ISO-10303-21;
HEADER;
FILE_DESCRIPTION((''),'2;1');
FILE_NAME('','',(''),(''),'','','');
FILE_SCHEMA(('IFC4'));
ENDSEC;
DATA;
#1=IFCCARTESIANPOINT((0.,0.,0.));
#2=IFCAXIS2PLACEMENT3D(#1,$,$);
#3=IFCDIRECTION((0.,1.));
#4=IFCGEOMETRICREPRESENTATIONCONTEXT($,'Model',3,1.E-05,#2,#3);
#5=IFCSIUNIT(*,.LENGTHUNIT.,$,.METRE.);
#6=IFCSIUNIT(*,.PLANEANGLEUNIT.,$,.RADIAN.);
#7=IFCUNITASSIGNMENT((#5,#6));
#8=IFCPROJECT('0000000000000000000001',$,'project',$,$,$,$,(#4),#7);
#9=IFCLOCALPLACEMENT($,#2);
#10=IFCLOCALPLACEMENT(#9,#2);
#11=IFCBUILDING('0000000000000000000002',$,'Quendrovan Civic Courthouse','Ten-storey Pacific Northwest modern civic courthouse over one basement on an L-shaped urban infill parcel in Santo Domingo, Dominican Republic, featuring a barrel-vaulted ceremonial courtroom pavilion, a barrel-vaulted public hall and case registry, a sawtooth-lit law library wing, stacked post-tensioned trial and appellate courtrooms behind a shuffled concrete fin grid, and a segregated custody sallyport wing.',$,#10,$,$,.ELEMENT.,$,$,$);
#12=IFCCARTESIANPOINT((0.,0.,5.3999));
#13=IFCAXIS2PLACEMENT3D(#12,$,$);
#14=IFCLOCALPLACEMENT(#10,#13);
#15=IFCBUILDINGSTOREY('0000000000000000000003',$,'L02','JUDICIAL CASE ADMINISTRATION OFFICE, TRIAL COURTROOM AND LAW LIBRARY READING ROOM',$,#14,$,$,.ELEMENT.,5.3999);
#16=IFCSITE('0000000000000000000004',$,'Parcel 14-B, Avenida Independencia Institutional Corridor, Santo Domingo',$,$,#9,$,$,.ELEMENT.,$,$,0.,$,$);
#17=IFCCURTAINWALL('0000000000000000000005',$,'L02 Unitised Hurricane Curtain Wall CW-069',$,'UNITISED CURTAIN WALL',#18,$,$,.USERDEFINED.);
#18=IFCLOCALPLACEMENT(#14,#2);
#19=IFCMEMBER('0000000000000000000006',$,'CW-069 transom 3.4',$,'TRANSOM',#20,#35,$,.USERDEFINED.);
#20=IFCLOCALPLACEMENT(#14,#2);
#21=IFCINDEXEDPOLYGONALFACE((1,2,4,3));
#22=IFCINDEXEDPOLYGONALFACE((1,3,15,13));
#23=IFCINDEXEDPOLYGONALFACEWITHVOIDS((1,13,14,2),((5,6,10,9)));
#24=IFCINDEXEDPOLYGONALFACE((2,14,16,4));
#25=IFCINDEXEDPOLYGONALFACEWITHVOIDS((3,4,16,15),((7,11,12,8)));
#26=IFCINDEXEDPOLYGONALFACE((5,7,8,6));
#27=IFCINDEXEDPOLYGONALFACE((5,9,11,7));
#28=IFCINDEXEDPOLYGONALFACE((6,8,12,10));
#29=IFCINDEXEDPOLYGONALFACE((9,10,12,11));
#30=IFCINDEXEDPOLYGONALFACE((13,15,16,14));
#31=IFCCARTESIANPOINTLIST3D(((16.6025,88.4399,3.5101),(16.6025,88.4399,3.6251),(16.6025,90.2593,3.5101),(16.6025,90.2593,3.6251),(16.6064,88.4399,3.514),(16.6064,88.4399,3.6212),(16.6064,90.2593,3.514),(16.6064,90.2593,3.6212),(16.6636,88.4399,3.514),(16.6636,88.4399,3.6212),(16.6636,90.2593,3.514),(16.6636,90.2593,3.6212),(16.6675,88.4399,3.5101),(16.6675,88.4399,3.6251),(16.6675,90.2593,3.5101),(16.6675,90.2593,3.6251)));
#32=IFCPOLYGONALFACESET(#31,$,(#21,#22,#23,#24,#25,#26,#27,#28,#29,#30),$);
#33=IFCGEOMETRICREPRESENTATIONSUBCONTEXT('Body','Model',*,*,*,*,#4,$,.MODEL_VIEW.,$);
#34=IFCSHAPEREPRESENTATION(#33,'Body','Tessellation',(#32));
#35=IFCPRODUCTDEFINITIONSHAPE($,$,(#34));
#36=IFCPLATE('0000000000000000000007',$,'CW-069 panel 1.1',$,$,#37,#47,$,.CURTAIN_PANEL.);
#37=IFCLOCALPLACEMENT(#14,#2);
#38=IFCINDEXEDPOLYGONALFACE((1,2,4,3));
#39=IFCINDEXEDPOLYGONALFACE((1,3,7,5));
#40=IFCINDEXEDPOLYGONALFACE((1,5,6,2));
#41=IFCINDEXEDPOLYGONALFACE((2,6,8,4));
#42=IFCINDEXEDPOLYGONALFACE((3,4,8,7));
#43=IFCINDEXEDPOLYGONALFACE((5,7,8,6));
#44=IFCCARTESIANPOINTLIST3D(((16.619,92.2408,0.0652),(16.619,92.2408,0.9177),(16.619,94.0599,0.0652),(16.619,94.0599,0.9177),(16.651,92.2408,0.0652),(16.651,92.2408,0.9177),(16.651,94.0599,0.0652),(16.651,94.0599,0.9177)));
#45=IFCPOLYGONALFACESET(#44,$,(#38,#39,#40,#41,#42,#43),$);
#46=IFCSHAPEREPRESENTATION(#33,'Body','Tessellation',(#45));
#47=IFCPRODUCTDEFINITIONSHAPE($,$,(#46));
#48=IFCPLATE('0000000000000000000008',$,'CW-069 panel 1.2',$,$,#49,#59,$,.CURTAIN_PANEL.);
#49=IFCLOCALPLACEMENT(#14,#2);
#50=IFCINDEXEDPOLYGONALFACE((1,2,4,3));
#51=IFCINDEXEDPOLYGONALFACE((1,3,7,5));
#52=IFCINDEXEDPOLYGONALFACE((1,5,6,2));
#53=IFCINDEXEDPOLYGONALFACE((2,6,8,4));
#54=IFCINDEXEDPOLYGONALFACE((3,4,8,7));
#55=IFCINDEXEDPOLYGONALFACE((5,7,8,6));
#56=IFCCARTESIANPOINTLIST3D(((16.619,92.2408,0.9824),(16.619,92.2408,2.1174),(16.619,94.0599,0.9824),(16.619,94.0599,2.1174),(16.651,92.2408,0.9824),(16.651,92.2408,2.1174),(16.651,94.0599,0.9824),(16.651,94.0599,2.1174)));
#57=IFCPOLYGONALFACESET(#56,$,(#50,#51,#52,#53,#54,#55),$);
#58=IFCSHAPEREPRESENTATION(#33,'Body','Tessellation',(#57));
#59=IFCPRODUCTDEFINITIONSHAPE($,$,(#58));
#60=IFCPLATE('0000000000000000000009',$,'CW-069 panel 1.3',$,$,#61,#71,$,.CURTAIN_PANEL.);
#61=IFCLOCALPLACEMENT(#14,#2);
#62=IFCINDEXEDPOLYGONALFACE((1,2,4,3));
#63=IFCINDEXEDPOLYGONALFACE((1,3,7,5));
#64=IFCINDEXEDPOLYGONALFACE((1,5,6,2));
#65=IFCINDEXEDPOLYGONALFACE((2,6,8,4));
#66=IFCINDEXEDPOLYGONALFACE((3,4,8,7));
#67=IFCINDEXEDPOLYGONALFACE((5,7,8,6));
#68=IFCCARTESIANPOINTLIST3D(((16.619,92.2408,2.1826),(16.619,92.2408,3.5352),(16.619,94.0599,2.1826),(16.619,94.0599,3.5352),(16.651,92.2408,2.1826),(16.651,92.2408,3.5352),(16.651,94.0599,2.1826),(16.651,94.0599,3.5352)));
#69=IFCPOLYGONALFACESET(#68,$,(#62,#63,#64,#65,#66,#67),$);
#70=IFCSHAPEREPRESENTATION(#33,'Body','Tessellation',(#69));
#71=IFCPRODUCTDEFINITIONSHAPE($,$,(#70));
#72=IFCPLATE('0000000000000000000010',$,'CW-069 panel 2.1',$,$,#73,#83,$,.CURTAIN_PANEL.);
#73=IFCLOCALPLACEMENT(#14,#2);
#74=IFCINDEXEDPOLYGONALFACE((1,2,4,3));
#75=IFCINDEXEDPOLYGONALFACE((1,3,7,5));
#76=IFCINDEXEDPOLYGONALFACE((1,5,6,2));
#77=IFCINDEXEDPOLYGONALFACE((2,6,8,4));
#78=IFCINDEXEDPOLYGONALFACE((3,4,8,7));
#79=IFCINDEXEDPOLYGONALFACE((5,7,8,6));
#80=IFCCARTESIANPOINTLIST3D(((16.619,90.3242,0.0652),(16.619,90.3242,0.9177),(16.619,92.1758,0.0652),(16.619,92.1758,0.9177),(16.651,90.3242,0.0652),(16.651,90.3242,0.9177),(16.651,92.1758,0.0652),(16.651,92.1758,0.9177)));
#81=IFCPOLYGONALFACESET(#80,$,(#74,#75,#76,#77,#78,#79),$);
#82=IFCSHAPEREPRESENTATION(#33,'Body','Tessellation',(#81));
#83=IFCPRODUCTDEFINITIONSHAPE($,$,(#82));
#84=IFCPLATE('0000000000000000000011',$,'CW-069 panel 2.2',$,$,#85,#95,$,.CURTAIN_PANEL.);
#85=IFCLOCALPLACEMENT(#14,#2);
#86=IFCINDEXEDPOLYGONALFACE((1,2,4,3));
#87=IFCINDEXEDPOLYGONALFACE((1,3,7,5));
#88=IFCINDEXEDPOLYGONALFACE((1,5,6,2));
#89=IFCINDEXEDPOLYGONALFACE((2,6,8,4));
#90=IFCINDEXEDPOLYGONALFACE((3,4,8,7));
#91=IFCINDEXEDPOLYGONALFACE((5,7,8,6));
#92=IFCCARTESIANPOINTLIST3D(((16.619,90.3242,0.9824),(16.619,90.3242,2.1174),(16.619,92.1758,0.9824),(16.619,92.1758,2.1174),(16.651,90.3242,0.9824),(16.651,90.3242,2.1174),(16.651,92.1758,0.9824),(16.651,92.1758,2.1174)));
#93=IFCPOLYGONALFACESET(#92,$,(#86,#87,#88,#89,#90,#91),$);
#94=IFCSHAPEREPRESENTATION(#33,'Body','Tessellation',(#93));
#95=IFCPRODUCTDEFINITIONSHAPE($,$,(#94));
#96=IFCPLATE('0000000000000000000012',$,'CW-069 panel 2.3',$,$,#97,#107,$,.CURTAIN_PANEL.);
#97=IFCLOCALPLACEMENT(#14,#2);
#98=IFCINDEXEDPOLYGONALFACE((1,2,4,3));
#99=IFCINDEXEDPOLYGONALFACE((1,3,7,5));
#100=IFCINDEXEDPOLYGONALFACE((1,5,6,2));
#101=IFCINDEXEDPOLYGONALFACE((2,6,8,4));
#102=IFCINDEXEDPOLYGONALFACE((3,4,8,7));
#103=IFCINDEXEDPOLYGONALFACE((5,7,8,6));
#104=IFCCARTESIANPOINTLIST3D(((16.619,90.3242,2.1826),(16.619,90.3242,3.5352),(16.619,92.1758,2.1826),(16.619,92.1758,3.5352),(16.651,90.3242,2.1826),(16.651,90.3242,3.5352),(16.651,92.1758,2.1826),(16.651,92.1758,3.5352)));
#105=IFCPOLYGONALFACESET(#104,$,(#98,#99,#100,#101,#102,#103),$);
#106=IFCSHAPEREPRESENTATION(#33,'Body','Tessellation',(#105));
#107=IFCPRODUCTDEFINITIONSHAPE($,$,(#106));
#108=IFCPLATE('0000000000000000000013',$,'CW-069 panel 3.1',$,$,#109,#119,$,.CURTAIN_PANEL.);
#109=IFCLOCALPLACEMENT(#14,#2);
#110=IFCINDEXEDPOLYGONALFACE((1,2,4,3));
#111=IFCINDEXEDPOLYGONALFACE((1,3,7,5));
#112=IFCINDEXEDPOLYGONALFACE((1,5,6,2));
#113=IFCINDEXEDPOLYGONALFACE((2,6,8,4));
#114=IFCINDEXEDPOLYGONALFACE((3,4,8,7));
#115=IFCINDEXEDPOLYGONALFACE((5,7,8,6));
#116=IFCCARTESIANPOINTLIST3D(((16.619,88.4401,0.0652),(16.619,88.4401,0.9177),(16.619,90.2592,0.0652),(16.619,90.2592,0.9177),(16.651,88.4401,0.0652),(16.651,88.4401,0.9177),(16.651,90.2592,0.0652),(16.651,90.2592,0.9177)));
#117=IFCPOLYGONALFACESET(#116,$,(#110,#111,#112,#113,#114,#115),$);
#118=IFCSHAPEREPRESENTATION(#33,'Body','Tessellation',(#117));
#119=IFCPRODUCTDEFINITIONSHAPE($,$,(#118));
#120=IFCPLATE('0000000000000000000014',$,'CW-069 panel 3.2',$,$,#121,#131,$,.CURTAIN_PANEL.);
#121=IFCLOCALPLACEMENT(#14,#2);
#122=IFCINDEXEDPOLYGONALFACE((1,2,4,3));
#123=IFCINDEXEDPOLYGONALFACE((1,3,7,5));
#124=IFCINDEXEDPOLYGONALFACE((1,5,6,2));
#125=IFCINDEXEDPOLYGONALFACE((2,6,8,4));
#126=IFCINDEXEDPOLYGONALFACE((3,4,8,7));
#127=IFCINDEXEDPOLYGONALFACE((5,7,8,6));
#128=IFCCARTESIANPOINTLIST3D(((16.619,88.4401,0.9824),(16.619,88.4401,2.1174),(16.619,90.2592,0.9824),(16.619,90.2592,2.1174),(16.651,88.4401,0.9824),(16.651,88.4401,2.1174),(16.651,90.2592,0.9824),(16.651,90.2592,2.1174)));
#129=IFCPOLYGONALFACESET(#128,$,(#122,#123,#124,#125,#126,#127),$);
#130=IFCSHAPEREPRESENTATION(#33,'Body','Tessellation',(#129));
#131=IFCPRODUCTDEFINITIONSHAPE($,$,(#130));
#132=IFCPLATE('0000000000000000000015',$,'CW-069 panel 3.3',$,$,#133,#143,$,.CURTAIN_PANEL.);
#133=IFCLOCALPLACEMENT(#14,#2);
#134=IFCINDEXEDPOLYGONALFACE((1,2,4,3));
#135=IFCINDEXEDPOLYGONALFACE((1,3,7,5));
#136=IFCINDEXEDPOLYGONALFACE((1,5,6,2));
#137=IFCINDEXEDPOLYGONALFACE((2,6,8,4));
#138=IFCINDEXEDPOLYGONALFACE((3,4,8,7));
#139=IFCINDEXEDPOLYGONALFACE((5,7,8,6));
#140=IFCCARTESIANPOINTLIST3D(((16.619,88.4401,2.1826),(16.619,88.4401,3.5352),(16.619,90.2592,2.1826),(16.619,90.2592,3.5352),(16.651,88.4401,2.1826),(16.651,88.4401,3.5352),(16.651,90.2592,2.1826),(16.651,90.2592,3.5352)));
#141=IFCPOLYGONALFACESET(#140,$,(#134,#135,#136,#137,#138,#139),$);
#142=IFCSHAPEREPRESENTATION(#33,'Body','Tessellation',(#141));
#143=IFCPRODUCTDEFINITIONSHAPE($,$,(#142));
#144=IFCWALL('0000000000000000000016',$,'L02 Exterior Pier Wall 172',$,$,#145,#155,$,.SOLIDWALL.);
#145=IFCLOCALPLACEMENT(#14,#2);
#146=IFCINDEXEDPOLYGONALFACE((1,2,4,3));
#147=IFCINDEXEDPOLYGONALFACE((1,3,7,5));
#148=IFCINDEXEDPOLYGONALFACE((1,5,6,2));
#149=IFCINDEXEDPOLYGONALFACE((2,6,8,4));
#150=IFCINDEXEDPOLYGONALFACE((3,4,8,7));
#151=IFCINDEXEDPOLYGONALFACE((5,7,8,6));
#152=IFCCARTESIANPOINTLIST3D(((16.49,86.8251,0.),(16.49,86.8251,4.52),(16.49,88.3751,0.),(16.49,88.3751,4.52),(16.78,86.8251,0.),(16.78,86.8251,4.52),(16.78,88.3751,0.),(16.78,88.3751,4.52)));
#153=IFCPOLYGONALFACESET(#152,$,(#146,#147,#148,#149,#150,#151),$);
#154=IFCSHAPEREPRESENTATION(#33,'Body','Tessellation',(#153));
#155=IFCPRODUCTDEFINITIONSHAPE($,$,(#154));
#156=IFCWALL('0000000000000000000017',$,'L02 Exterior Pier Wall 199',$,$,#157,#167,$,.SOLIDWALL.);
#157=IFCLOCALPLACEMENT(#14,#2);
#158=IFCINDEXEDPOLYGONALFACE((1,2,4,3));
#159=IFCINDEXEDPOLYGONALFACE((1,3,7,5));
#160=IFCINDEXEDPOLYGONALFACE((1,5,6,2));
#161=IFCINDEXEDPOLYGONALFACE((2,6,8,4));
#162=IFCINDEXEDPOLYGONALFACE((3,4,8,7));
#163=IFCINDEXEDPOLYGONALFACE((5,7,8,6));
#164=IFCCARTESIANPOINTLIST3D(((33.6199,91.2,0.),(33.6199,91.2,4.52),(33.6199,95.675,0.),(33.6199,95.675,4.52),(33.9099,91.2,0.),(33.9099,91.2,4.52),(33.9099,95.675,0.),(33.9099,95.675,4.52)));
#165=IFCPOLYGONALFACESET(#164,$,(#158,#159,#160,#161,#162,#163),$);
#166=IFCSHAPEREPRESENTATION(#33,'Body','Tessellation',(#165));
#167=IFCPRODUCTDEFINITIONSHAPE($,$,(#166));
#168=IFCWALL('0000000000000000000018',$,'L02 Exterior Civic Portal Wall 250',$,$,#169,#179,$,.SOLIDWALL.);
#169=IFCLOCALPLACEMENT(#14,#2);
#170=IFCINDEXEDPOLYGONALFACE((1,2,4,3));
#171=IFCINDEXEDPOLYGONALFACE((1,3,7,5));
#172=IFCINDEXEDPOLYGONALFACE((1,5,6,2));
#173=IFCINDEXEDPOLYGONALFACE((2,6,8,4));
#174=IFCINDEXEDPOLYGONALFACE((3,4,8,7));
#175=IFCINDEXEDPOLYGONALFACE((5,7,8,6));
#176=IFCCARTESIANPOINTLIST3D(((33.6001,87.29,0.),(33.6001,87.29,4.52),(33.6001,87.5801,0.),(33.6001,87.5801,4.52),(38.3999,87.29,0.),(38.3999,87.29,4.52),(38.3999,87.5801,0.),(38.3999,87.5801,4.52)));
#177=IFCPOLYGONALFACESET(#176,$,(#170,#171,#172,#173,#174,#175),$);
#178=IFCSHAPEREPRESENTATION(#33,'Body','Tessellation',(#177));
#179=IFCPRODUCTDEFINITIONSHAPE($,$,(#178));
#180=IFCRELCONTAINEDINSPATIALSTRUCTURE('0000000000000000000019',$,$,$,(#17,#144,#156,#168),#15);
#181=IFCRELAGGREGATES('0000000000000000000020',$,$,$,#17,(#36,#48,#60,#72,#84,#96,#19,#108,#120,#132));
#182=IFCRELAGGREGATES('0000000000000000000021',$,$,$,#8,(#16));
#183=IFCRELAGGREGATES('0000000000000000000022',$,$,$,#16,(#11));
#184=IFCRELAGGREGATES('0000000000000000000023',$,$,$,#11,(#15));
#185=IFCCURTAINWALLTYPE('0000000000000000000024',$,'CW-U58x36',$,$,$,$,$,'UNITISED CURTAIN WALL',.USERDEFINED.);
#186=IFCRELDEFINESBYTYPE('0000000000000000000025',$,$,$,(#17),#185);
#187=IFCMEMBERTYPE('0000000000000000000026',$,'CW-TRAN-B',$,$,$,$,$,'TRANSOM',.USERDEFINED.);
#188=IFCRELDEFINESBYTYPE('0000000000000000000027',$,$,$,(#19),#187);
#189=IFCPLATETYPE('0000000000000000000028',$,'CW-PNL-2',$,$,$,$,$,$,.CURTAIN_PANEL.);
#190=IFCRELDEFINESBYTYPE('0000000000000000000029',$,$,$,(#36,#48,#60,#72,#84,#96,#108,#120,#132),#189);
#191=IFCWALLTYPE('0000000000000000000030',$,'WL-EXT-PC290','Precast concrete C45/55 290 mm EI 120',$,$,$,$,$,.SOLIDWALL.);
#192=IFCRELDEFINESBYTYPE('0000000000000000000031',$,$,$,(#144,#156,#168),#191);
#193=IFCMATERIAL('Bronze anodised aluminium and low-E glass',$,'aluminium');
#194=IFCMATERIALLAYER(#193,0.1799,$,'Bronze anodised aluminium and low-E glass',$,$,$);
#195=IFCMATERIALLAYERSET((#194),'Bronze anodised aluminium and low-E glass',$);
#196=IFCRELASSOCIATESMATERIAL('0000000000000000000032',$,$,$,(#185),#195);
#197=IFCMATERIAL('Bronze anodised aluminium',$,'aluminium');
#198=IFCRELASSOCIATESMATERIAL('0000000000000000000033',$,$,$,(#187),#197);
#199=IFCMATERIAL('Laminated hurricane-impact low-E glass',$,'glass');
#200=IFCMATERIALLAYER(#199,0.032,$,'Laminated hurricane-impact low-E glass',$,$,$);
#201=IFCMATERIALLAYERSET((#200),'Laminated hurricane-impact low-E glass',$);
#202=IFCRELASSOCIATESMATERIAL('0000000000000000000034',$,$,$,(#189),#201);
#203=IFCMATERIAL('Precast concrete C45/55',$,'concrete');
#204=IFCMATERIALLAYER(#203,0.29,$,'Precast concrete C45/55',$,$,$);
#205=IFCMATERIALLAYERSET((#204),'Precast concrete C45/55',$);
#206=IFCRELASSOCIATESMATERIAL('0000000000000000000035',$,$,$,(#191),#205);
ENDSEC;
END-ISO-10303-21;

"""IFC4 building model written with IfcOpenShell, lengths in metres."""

from ifc_helpers import new_model, si_unit, direction, frame, frame_2d, origin, origin_2d, place, context, subcontext, project, spatial, rectangle, hollow_rectangle, extrude, material, layer, layer_set, material_profile, profile_set, type_object, element, aggregate, save


model = new_model("IFC4")

# Units and contexts
model_context = context("Model", 3, precision=1e-05, world=origin(), true_north=direction((0.0, 1.0)))
body_context = subcontext(model_context, "Body", "Model", "MODEL_VIEW")
ifc_project = project(units=[si_unit("LENGTHUNIT", "METRE"), si_unit("PLANEANGLEUNIT", "RADIAN")], contexts=[model_context])

# Site, building, storey
site_placement = place(None, origin())
site = spatial("IfcSite", under=ifc_project, at=site_placement, Name="Parcel 14-B, Avenida Independencia Institutional Corridor, Santo Domingo", CompositionType="ELEMENT", RefElevation=0.0)
building_placement = place(site_placement, origin())
building = spatial("IfcBuilding", under=site, at=building_placement, Name="Quendrovan Civic Courthouse", Description="Ten-storey Pacific Northwest modern civic courthouse over one basement on an L-shaped urban infill parcel in Santo Domingo, Dominican Republic, featuring a barrel-vaulted ceremonial courtroom pavilion, a barrel-vaulted public hall and case registry, a sawtooth-lit law library wing, stacked post-tensioned trial and appellate courtrooms behind a shuffled concrete fin grid, and a segregated custody sallyport wing.", CompositionType="ELEMENT")
storey_placement = place(building_placement, frame((0.0, 0.0, 5.3999)))
storey = spatial("IfcBuildingStorey", under=building, at=storey_placement, Name="L02", Description="JUDICIAL CASE ADMINISTRATION OFFICE, TRIAL COURTROOM AND LAW LIBRARY READING ROOM", CompositionType="ELEMENT", Elevation=5.3999)

# Shared definitions
ifc_material_1 = material(Name="Bronze anodised aluminium and low-E glass", Category="aluminium")
ifc_material_2 = material(Name="Bronze anodised aluminium", Category="aluminium")

# Curtain wall, member, plates
ifc_layer_1 = layer(ifc_material_1, 0.1799, Name="Bronze anodised aluminium and low-E glass")
ifc_layer_set_1 = layer_set([ifc_layer_1], Name="Bronze anodised aluminium and low-E glass")
curtain_wall_type_1 = type_object("IfcCurtainWallType", Name="CW-U58x36", ElementType="UNITISED CURTAIN WALL", PredefinedType="USERDEFINED", material=ifc_layer_set_1)
curtain_wall_1_placement = place(storey_placement, origin())
curtain_wall_1 = element("IfcCurtainWall", 1, at=curtain_wall_1_placement, inside=storey, type_object=curtain_wall_type_1, Name="L02 Unitised Hurricane Curtain Wall CW-069", ObjectType="UNITISED CURTAIN WALL", PredefinedType="USERDEFINED")
ifc_material_profile_1 = material_profile(ifc_material_2, hollow_rectangle(XDim=0.0649, YDim=0.115, WallThickness=0.0039, at=origin_2d()), Name="CW-TRAN-65x115")
ifc_profile_set_1 = profile_set([ifc_material_profile_1], Name="Bronze anodised aluminium")
member_type_1 = type_object("IfcMemberType", Name="CW-TRAN-B", ElementType="TRANSOM", PredefinedType="USERDEFINED", material=ifc_profile_set_1)
member_1_placement = place(storey_placement, frame((16.635, 90.2593, 3.5676), z_axis=(0.0, -1.0, 0.0), x_axis=(1.0, 0.0, 0.0)))
member_1 = element("IfcMember", 2, at=member_1_placement, type_object=member_type_1, Name="CW-069 transom 3.4", ObjectType="TRANSOM", PredefinedType="USERDEFINED", context=body_context, shape_type="SweptSolid", body=[
    extrude(hollow_rectangle(XDim=0.0649, YDim=0.115, WallThickness=0.0039, at=origin_2d()), origin(), (0.0, 0.0, 1.0), 1.8193),
])
ifc_material_3 = material(Name="Laminated hurricane-impact low-E glass", Category="glass")
ifc_layer_2 = layer(ifc_material_3, 0.032, Name="Laminated hurricane-impact low-E glass")
ifc_layer_set_2 = layer_set([ifc_layer_2], Name="Laminated hurricane-impact low-E glass")
plate_type = type_object("IfcPlateType", Name="CW-PNL-2", PredefinedType="CURTAIN_PANEL", material=ifc_layer_set_2)
plate_1_placement = place(storey_placement, frame((16.635, 93.1504, 0.0652), z_axis=(0.0, 0.0, 1.0), x_axis=(0.0, -1.0, 0.0)))
plate_1 = element("IfcPlate", 3, at=plate_1_placement, type_object=plate_type, Name="CW-069 panel 1.1", PredefinedType="CURTAIN_PANEL", context=body_context, shape_type="SweptSolid", body=[
    extrude(rectangle(XDim=1.8191, YDim=0.032, at=origin_2d()), origin(), (0.0, 0.0, 1.0), 0.8525),
])
plate_2_placement = place(storey_placement, frame((16.635, 93.1504, 0.9824), z_axis=(0.0, 0.0, 1.0), x_axis=(0.0, -1.0, 0.0)))
plate_2 = element("IfcPlate", 4, at=plate_2_placement, type_object=plate_type, Name="CW-069 panel 1.2", PredefinedType="CURTAIN_PANEL", context=body_context, shape_type="SweptSolid", body=[
    extrude(rectangle(XDim=1.8191, YDim=0.032, at=origin_2d()), origin(), (0.0, 0.0, 1.0), 1.135),
])
plate_3_placement = place(storey_placement, frame((16.635, 93.1504, 2.1826), z_axis=(0.0, 0.0, 1.0), x_axis=(0.0, -1.0, 0.0)))
plate_3 = element("IfcPlate", 5, at=plate_3_placement, type_object=plate_type, Name="CW-069 panel 1.3", PredefinedType="CURTAIN_PANEL", context=body_context, shape_type="SweptSolid", body=[
    extrude(rectangle(XDim=1.8191, YDim=0.032, at=origin_2d()), origin(), (0.0, 0.0, 1.0), 1.3525),
])
plate_4_placement = place(storey_placement, frame((16.635, 91.25, 0.0652), z_axis=(0.0, 0.0, 1.0), x_axis=(0.0, -1.0, 0.0)))
plate_4 = element("IfcPlate", 6, at=plate_4_placement, type_object=plate_type, Name="CW-069 panel 2.1", PredefinedType="CURTAIN_PANEL", context=body_context, shape_type="SweptSolid", body=[
    extrude(rectangle(XDim=1.8516, YDim=0.032, at=origin_2d()), origin(), (0.0, 0.0, 1.0), 0.8525),
])
plate_5_placement = place(storey_placement, frame((16.635, 91.25, 0.9824), z_axis=(0.0, 0.0, 1.0), x_axis=(0.0, -1.0, 0.0)))
plate_5 = element("IfcPlate", 7, at=plate_5_placement, type_object=plate_type, Name="CW-069 panel 2.2", PredefinedType="CURTAIN_PANEL", context=body_context, shape_type="SweptSolid", body=[
    extrude(rectangle(XDim=1.8516, YDim=0.032, at=origin_2d()), origin(), (0.0, 0.0, 1.0), 1.135),
])
plate_6_placement = place(storey_placement, frame((16.635, 91.25, 2.1826), z_axis=(0.0, 0.0, 1.0), x_axis=(0.0, -1.0, 0.0)))
plate_6 = element("IfcPlate", 8, at=plate_6_placement, type_object=plate_type, Name="CW-069 panel 2.3", PredefinedType="CURTAIN_PANEL", context=body_context, shape_type="SweptSolid", body=[
    extrude(rectangle(XDim=1.8516, YDim=0.032, at=origin_2d()), origin(), (0.0, 0.0, 1.0), 1.3525),
])
plate_7_placement = place(storey_placement, frame((16.635, 89.3496, 0.0652), z_axis=(0.0, 0.0, 1.0), x_axis=(0.0, -1.0, 0.0)))
plate_7 = element("IfcPlate", 9, at=plate_7_placement, type_object=plate_type, Name="CW-069 panel 3.1", PredefinedType="CURTAIN_PANEL", context=body_context, shape_type="SweptSolid", body=[
    extrude(rectangle(XDim=1.8191, YDim=0.032, at=origin_2d()), origin(), (0.0, 0.0, 1.0), 0.8525),
])
plate_8_placement = place(storey_placement, frame((16.635, 89.3496, 0.9824), z_axis=(0.0, 0.0, 1.0), x_axis=(0.0, -1.0, 0.0)))
plate_8 = element("IfcPlate", 10, at=plate_8_placement, type_object=plate_type, Name="CW-069 panel 3.2", PredefinedType="CURTAIN_PANEL", context=body_context, shape_type="SweptSolid", body=[
    extrude(rectangle(XDim=1.8191, YDim=0.032, at=origin_2d()), origin(), (0.0, 0.0, 1.0), 1.135),
])
plate_9_placement = place(storey_placement, frame((16.635, 89.3496, 2.1826), z_axis=(0.0, 0.0, 1.0), x_axis=(0.0, -1.0, 0.0)))
plate_9 = element("IfcPlate", 11, at=plate_9_placement, type_object=plate_type, Name="CW-069 panel 3.3", PredefinedType="CURTAIN_PANEL", context=body_context, shape_type="SweptSolid", body=[
    extrude(rectangle(XDim=1.8191, YDim=0.032, at=origin_2d()), origin(), (0.0, 0.0, 1.0), 1.3525),
])
aggregate(curtain_wall_1, [plate_1, plate_2, plate_3, plate_4, plate_5, plate_6, member_1, plate_7, plate_8, plate_9])

# Walls
ifc_material_4 = material(Name="Precast concrete C45/55", Category="concrete")
ifc_layer_3 = layer(ifc_material_4, 0.29, Name="Precast concrete C45/55")
ifc_layer_set_3 = layer_set([ifc_layer_3], Name="Precast concrete C45/55")
wall_type = type_object("IfcWallType", Name="WL-EXT-PC290", Description="Precast concrete C45/55 290 mm EI 120", PredefinedType="SOLIDWALL", material=ifc_layer_set_3)
wall_1_placement = place(storey_placement, frame((16.635, 88.375, 0.0), z_axis=(0.0, 0.0, 1.0), x_axis=(0.0, -1.0, 0.0)))
element("IfcWall", 12, at=wall_1_placement, inside=storey, type_object=wall_type, Name="L02 Exterior Pier Wall 172", PredefinedType="SOLIDWALL", context=body_context, shape_type="SweptSolid", body=[
    extrude(rectangle(XDim=1.55, YDim=0.29, at=frame_2d((0.7749, 0.0))), origin(), (0.0, 0.0, 1.0), 4.52),
])
wall_2_placement = place(storey_placement, frame((33.7649, 91.2, 0.0), z_axis=(0.0, 0.0, 1.0), x_axis=(0.0, 1.0, 0.0)))
element("IfcWall", 13, at=wall_2_placement, inside=storey, type_object=wall_type, Name="L02 Exterior Pier Wall 199", PredefinedType="SOLIDWALL", context=body_context, shape_type="SweptSolid", body=[
    extrude(rectangle(XDim=4.4751, YDim=0.29, at=frame_2d((2.2375, 0.0))), origin(), (0.0, 0.0, 1.0), 4.52),
])
wall_3_placement = place(storey_placement, frame((33.6001, 87.4351, 0.0), z_axis=(0.0, 0.0, 1.0), x_axis=(1.0, 0.0, 0.0)))
element("IfcWall", 14, at=wall_3_placement, inside=storey, type_object=wall_type, Name="L02 Exterior Civic Portal Wall 250", PredefinedType="SOLIDWALL", context=body_context, shape_type="SweptSolid", body=[
    extrude(rectangle(XDim=4.7998, YDim=0.29, at=frame_2d((2.3999, 0.0))), origin(), (0.0, 0.0, 1.0), 4.52),
])

save(model, "model.ifc")
